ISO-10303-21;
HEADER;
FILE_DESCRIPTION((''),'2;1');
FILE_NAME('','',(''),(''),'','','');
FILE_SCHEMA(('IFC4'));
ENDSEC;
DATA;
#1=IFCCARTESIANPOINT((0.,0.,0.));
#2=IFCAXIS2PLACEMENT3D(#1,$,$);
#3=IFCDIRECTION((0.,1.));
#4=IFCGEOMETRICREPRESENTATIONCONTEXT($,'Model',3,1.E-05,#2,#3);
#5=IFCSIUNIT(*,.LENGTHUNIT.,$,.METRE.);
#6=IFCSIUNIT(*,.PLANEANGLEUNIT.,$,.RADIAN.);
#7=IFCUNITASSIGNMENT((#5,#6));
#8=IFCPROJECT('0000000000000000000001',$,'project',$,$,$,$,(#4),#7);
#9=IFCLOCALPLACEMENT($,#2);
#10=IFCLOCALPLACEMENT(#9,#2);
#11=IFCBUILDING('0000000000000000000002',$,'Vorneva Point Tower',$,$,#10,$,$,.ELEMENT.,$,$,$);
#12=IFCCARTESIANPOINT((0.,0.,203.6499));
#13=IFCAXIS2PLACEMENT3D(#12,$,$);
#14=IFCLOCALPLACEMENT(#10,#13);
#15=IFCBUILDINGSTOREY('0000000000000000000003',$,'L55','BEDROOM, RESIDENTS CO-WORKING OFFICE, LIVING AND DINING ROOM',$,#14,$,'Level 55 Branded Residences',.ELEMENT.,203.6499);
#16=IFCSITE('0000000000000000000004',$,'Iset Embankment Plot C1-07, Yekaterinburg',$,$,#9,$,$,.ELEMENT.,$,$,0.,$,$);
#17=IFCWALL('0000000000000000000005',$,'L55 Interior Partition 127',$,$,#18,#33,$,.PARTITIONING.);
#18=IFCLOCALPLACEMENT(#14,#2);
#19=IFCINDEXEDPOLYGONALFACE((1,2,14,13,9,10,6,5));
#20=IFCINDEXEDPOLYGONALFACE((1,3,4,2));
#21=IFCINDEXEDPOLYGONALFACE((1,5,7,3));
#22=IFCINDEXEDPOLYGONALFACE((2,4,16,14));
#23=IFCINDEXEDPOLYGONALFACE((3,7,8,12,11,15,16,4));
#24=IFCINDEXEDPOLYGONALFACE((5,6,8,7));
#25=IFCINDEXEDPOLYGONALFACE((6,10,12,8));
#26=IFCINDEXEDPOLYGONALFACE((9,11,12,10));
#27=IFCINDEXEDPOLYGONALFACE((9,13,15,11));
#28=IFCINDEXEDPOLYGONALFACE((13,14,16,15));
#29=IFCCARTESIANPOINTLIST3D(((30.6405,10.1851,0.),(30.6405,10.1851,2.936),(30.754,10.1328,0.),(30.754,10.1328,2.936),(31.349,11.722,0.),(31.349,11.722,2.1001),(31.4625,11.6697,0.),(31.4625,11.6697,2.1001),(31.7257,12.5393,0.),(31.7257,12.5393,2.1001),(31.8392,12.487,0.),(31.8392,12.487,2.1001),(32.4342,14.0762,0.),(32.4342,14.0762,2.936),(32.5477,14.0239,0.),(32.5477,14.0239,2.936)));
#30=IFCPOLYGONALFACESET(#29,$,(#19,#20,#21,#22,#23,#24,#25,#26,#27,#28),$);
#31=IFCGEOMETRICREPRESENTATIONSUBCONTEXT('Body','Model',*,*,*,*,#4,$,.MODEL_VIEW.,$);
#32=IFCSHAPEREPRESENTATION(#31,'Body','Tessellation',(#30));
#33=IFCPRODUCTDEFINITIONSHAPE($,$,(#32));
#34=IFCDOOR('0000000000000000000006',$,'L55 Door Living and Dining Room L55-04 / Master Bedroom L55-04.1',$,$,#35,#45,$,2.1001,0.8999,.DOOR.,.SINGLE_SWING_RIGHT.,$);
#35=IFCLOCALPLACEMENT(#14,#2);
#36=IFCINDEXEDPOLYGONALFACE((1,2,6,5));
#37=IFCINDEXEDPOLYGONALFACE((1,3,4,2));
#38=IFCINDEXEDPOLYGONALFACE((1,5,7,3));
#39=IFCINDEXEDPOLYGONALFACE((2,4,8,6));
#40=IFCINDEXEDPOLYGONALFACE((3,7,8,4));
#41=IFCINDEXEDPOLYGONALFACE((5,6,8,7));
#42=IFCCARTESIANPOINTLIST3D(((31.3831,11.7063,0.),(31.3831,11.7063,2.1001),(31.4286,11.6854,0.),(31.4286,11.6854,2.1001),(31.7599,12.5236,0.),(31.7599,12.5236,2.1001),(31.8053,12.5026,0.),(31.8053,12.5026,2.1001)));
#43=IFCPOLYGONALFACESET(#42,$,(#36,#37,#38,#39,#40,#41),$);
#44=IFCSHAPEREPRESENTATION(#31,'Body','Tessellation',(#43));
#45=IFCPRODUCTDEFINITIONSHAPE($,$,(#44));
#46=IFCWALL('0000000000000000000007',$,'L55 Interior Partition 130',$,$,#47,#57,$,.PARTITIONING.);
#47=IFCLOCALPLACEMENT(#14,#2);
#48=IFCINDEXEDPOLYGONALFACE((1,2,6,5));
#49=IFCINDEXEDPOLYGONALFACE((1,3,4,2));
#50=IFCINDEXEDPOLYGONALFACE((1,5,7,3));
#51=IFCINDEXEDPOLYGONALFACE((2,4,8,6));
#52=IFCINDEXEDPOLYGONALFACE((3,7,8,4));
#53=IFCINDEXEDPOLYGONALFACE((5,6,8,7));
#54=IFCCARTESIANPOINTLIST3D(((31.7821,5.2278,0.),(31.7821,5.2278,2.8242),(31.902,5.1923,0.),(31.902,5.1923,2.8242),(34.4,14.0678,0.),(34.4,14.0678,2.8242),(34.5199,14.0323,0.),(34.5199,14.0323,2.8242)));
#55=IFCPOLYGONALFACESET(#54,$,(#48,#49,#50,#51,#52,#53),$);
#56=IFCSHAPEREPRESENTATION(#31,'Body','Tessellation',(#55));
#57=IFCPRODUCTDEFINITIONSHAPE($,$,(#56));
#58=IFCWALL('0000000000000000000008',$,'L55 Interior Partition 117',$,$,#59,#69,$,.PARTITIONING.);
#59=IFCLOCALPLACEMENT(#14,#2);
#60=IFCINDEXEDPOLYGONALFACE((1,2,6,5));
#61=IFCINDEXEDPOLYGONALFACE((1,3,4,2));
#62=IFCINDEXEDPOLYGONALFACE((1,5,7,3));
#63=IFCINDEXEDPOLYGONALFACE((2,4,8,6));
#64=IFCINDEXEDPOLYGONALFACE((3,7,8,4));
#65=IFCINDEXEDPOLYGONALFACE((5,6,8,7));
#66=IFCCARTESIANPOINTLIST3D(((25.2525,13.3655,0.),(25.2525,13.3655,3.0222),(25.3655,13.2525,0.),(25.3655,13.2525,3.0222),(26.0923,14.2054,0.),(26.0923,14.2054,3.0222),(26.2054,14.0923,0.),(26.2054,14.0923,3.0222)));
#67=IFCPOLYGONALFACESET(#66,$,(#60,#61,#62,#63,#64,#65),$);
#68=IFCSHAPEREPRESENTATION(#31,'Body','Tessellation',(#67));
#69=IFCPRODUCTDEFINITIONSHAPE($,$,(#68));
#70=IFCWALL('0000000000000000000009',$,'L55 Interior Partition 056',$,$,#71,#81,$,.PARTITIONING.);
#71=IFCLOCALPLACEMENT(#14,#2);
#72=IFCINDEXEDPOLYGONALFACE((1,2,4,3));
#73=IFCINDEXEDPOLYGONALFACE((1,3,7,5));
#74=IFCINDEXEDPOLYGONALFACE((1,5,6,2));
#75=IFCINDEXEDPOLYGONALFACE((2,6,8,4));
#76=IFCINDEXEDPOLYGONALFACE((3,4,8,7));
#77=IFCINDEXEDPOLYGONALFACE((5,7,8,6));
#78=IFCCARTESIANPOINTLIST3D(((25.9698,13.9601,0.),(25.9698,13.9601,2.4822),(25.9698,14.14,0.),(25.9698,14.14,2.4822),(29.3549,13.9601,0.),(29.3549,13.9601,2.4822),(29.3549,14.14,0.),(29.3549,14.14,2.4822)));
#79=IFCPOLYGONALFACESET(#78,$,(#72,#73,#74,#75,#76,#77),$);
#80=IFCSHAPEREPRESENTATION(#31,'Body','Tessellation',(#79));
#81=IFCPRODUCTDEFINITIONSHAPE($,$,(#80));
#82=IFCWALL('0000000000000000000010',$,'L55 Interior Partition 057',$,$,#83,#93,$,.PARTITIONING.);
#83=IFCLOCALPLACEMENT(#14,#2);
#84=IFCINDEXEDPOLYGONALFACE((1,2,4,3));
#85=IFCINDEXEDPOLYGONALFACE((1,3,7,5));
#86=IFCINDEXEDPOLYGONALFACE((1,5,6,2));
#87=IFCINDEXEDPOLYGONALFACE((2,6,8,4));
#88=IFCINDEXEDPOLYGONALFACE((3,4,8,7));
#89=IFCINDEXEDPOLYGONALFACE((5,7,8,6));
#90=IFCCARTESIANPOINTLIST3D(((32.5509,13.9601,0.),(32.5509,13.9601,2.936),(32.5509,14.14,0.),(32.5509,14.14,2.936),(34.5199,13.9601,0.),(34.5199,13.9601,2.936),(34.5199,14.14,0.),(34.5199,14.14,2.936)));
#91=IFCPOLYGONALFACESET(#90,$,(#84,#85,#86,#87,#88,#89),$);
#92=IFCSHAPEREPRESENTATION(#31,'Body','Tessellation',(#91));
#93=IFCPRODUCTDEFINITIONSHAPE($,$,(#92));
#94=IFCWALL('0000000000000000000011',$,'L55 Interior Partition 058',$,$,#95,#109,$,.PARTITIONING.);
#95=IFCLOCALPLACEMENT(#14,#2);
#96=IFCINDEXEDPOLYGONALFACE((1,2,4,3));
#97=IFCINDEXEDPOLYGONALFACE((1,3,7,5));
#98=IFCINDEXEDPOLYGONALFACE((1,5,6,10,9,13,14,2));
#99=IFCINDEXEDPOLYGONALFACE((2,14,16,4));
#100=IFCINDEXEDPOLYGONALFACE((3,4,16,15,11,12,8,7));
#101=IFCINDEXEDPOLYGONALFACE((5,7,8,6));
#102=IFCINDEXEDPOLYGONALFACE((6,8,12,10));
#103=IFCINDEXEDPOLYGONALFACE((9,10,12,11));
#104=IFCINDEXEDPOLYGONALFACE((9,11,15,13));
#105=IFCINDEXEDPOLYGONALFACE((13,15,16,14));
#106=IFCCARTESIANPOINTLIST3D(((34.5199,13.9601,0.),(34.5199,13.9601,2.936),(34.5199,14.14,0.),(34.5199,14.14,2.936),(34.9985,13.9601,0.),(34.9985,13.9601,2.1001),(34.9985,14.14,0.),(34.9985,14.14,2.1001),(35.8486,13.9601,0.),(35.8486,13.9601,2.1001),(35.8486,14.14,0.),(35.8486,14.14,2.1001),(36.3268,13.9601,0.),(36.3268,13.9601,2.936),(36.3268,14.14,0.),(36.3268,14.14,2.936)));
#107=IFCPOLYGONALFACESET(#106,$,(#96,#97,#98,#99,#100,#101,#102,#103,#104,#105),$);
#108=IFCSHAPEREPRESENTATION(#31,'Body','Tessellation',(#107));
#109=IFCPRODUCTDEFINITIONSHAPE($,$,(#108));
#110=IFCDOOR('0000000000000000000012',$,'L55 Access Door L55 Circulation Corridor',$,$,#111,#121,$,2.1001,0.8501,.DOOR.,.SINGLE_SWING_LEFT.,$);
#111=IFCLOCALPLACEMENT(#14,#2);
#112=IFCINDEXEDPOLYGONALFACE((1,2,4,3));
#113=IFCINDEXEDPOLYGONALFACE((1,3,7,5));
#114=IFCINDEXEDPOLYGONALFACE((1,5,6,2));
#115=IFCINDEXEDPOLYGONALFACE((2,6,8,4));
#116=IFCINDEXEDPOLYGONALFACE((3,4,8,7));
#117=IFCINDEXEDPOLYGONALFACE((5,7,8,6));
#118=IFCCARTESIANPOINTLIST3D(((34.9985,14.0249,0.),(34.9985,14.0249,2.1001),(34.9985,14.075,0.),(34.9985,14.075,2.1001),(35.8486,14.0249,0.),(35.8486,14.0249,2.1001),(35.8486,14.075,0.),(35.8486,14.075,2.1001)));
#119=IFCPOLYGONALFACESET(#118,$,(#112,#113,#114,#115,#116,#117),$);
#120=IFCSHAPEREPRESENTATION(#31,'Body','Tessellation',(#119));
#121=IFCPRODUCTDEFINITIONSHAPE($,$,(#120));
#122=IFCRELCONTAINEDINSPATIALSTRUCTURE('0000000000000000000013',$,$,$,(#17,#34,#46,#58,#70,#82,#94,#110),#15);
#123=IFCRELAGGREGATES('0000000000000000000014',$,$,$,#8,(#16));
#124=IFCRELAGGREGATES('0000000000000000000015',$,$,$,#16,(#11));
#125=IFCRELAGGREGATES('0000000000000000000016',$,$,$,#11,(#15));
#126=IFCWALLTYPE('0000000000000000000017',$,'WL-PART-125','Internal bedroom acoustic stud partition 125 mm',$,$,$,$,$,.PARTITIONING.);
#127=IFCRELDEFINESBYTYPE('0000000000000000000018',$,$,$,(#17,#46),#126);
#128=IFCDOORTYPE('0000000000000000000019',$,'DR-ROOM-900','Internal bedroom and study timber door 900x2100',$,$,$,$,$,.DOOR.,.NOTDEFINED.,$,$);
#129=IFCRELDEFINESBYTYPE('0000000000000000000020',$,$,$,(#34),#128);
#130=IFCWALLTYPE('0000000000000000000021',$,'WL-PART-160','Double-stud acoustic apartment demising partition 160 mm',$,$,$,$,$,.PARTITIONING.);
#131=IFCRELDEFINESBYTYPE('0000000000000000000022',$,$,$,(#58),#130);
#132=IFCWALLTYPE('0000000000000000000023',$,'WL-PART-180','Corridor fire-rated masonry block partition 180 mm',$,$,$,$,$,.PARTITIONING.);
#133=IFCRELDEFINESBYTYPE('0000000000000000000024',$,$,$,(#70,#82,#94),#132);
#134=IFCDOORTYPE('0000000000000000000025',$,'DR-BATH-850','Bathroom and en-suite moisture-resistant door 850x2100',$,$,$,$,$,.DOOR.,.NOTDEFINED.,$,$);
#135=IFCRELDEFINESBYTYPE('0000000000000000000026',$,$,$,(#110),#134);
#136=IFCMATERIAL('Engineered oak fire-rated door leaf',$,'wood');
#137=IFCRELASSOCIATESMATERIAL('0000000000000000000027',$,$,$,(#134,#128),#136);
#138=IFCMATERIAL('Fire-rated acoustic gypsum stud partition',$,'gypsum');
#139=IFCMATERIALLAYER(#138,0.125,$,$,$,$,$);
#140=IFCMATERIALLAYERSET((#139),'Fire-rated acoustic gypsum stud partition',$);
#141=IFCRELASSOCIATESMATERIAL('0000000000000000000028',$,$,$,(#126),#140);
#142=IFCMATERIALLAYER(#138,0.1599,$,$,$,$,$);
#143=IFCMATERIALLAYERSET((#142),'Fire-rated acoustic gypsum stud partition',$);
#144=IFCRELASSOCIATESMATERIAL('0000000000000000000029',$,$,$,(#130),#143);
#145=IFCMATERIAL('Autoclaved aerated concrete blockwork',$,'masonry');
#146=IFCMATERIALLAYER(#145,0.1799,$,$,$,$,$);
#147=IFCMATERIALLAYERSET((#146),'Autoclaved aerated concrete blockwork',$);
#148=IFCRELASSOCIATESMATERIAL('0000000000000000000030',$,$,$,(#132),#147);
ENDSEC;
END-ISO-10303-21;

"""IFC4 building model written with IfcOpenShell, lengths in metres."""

from ifc_helpers import new_model, si_unit, direction, frame, frame_2d, origin, place, context, subcontext, project, spatial, rectangle, extrude, material, layer, layer_set, type_object, element, fill, save


model = new_model("IFC4")

# Units and contexts
model_context = context("Model", 3, precision=1e-05, world=origin(), true_north=direction((0.0, 1.0)))
body_context = subcontext(model_context, "Body", "Model", "MODEL_VIEW")
ifc_project = project(units=[si_unit("LENGTHUNIT", "METRE"), si_unit("PLANEANGLEUNIT", "RADIAN")], contexts=[model_context])

# Site, building, storey
site_placement = place(None, origin())
site = spatial("IfcSite", under=ifc_project, at=site_placement, Name="Iset Embankment Plot C1-07, Yekaterinburg", CompositionType="ELEMENT", RefElevation=0.0)
building_placement = place(site_placement, origin())
building = spatial("IfcBuilding", under=site, at=building_placement, Name="Vorneva Point Tower", CompositionType="ELEMENT")
storey_placement = place(building_placement, frame((0.0, 0.0, 203.6499)))
storey = spatial("IfcBuildingStorey", under=building, at=storey_placement, Name="L55", Description="BEDROOM, RESIDENTS CO-WORKING OFFICE, LIVING AND DINING ROOM", LongName="Level 55 Branded Residences", CompositionType="ELEMENT", Elevation=203.6499)

# Shared definitions
ifc_material_1 = material(Name="Fire-rated acoustic gypsum stud partition", Category="gypsum")
ifc_material_2 = material(Name="Engineered oak fire-rated door leaf", Category="wood")
door_type_1 = type_object("IfcDoorType", Name="DR-BATH-850", Description="Bathroom and en-suite moisture-resistant door 850x2100", OperationType="NOTDEFINED", PredefinedType="DOOR", material=ifc_material_2)

# Shared definitions
ifc_layer_1 = layer(ifc_material_1, 0.125)
ifc_layer_set_1 = layer_set([ifc_layer_1], Name="Fire-rated acoustic gypsum stud partition")
wall_type_1 = type_object("IfcWallType", Name="WL-PART-125", Description="Internal bedroom acoustic stud partition 125 mm", PredefinedType="PARTITIONING", material=ifc_layer_set_1)

# Wall, opening, door
door_type_2 = type_object("IfcDoorType", Name="DR-ROOM-900", Description="Internal bedroom and study timber door 900x2100", OperationType="NOTDEFINED", PredefinedType="DOOR", material=ifc_material_2)
wall_1_placement = place(storey_placement, frame((30.6973, 10.1589, 0.0), z_axis=(0.0, 0.0, 1.0), x_axis=(0.418635, 0.908154, 0.0)))
wall_1 = element("IfcWall", 1, at=wall_1_placement, inside=storey, type_object=wall_type_1, Name="L55 Interior Partition 127", PredefinedType="PARTITIONING", context=body_context, shape_type="SweptSolid", body=[
    extrude(rectangle(XDim=4.2847, YDim=0.125, at=frame_2d((2.1423, 0.0))), origin(), (0.0, 0.0, 1.0), 2.936),
])
opening_1_placement = place(wall_1_placement, frame((1.6924, 0.0, 0.0)))
opening_1 = element("IfcOpeningElement", 2, at=opening_1_placement, cuts=wall_1, PredefinedType="OPENING", context=body_context, shape_type="SweptSolid", body=[
    extrude(rectangle(XDim=0.8999, YDim=2.1001, at=frame_2d((0.45, 1.05))), frame((0.0, 0.0774, 0.0), z_axis=(0.0, -1.0, 0.0), x_axis=(1.0, 0.0, 0.0)), (0.0, 0.0, 1.0), 0.1548),
])
door_1_placement = place(opening_1_placement, origin())
door_1 = element("IfcDoor", 3, at=door_1_placement, inside=storey, type_object=door_type_2, Name="L55 Door Living and Dining Room L55-04 / Master Bedroom L55-04.1", OperationType="SINGLE_SWING_RIGHT", OverallHeight=2.1001, OverallWidth=0.8999, PredefinedType="DOOR", context=body_context, shape_type="SweptSolid", body=[
    extrude(rectangle(XDim=0.8999, YDim=2.1001, at=frame_2d((0.45, 1.05))), frame((0.0, 0.0249, 0.0), z_axis=(0.0, -1.0, 0.0), x_axis=(1.0, 0.0, 0.0)), (0.0, 0.0, 1.0), 0.05),
])
fill(opening_1, door_1)

# Walls
wall_2_placement = place(storey_placement, frame((31.842, 5.21, 0.0), z_axis=(0.0, 0.0, 1.0), x_axis=(0.283952, 0.958838, 0.0)))
element("IfcWall", 4, at=wall_2_placement, inside=storey, type_object=wall_type_1, Name="L55 Interior Partition 130", PredefinedType="PARTITIONING", context=body_context, shape_type="SweptSolid", body=[
    extrude(rectangle(XDim=9.2195, YDim=0.125, at=frame_2d((4.6099, 0.0))), origin(), (0.0, 0.0, 1.0), 2.8242),
])
ifc_layer_2 = layer(ifc_material_1, 0.1599)
ifc_layer_set_2 = layer_set([ifc_layer_2], Name="Fire-rated acoustic gypsum stud partition")
wall_type_2 = type_object("IfcWallType", Name="WL-PART-160", Description="Double-stud acoustic apartment demising partition 160 mm", PredefinedType="PARTITIONING", material=ifc_layer_set_2)
wall_3_placement = place(storey_placement, frame((25.3091, 13.3091, 0.0), z_axis=(0.0, 0.0, 1.0), x_axis=(0.707107, 0.707107, 0.0)))
element("IfcWall", 5, at=wall_3_placement, inside=storey, type_object=wall_type_2, Name="L55 Interior Partition 117", PredefinedType="PARTITIONING", context=body_context, shape_type="SweptSolid", body=[
    extrude(rectangle(XDim=1.1877, YDim=0.1599, at=frame_2d((0.5938, 0.0))), origin(), (0.0, 0.0, 1.0), 3.0222),
])

# Shared definitions
ifc_material_3 = material(Name="Autoclaved aerated concrete blockwork", Category="masonry")
ifc_layer_3 = layer(ifc_material_3, 0.1799)
ifc_layer_set_3 = layer_set([ifc_layer_3], Name="Autoclaved aerated concrete blockwork")
wall_type_3 = type_object("IfcWallType", Name="WL-PART-180", Description="Corridor fire-rated masonry block partition 180 mm", PredefinedType="PARTITIONING", material=ifc_layer_set_3)

# Walls
wall_4_placement = place(storey_placement, frame((25.97, 14.05, 0.0), z_axis=(0.0, 0.0, 1.0), x_axis=(1.0, 0.0, 0.0)))
element("IfcWall", 6, at=wall_4_placement, inside=storey, type_object=wall_type_3, Name="L55 Interior Partition 056", PredefinedType="PARTITIONING", context=body_context, shape_type="SweptSolid", body=[
    extrude(rectangle(XDim=3.385, YDim=0.1799, at=frame_2d((1.6924, 0.0))), origin(), (0.0, 0.0, 1.0), 2.4822),
])
wall_5_placement = place(storey_placement, frame((32.551, 14.05, 0.0), z_axis=(0.0, 0.0, 1.0), x_axis=(1.0, 0.0, 0.0)))
element("IfcWall", 7, at=wall_5_placement, inside=storey, type_object=wall_type_3, Name="L55 Interior Partition 057", PredefinedType="PARTITIONING", context=body_context, shape_type="SweptSolid", body=[
    extrude(rectangle(XDim=1.969, YDim=0.1799, at=frame_2d((0.9844, 0.0))), origin(), (0.0, 0.0, 1.0), 2.936),
])

# Wall, opening, door
wall_6_placement = place(storey_placement, frame((34.52, 14.05, 0.0), z_axis=(0.0, 0.0, 1.0), x_axis=(1.0, 0.0, 0.0)))
wall_6 = element("IfcWall", 8, at=wall_6_placement, inside=storey, type_object=wall_type_3, Name="L55 Interior Partition 058", PredefinedType="PARTITIONING", context=body_context, shape_type="SweptSolid", body=[
    extrude(rectangle(XDim=1.8069, YDim=0.1799, at=frame_2d((0.9033, 0.0))), origin(), (0.0, 0.0, 1.0), 2.936),
])
opening_2_placement = place(wall_6_placement, frame((0.4785, 0.0, 0.0)))
opening_2 = element("IfcOpeningElement", 9, at=opening_2_placement, cuts=wall_6, PredefinedType="OPENING", context=body_context, shape_type="SweptSolid", body=[
    extrude(rectangle(XDim=0.8501, YDim=2.1001, at=frame_2d((0.425, 1.05))), frame((0.0, 0.105, 0.0), z_axis=(0.0, -1.0, 0.0), x_axis=(1.0, 0.0, 0.0)), (0.0, 0.0, 1.0), 0.2097),
])
door_2_placement = place(opening_2_placement, origin())
door_2 = element("IfcDoor", 10, at=door_2_placement, inside=storey, type_object=door_type_1, Name="L55 Access Door L55 Circulation Corridor", OperationType="SINGLE_SWING_LEFT", OverallHeight=2.1001, OverallWidth=0.8501, PredefinedType="DOOR", context=body_context, shape_type="SweptSolid", body=[
    extrude(rectangle(XDim=0.8501, YDim=2.1001, at=frame_2d((0.425, 1.05))), frame((0.0, 0.0249, 0.0), z_axis=(0.0, -1.0, 0.0), x_axis=(1.0, 0.0, 0.0)), (0.0, 0.0, 1.0), 0.05),
])
fill(opening_2, door_2)

save(model, "model.ifc")
